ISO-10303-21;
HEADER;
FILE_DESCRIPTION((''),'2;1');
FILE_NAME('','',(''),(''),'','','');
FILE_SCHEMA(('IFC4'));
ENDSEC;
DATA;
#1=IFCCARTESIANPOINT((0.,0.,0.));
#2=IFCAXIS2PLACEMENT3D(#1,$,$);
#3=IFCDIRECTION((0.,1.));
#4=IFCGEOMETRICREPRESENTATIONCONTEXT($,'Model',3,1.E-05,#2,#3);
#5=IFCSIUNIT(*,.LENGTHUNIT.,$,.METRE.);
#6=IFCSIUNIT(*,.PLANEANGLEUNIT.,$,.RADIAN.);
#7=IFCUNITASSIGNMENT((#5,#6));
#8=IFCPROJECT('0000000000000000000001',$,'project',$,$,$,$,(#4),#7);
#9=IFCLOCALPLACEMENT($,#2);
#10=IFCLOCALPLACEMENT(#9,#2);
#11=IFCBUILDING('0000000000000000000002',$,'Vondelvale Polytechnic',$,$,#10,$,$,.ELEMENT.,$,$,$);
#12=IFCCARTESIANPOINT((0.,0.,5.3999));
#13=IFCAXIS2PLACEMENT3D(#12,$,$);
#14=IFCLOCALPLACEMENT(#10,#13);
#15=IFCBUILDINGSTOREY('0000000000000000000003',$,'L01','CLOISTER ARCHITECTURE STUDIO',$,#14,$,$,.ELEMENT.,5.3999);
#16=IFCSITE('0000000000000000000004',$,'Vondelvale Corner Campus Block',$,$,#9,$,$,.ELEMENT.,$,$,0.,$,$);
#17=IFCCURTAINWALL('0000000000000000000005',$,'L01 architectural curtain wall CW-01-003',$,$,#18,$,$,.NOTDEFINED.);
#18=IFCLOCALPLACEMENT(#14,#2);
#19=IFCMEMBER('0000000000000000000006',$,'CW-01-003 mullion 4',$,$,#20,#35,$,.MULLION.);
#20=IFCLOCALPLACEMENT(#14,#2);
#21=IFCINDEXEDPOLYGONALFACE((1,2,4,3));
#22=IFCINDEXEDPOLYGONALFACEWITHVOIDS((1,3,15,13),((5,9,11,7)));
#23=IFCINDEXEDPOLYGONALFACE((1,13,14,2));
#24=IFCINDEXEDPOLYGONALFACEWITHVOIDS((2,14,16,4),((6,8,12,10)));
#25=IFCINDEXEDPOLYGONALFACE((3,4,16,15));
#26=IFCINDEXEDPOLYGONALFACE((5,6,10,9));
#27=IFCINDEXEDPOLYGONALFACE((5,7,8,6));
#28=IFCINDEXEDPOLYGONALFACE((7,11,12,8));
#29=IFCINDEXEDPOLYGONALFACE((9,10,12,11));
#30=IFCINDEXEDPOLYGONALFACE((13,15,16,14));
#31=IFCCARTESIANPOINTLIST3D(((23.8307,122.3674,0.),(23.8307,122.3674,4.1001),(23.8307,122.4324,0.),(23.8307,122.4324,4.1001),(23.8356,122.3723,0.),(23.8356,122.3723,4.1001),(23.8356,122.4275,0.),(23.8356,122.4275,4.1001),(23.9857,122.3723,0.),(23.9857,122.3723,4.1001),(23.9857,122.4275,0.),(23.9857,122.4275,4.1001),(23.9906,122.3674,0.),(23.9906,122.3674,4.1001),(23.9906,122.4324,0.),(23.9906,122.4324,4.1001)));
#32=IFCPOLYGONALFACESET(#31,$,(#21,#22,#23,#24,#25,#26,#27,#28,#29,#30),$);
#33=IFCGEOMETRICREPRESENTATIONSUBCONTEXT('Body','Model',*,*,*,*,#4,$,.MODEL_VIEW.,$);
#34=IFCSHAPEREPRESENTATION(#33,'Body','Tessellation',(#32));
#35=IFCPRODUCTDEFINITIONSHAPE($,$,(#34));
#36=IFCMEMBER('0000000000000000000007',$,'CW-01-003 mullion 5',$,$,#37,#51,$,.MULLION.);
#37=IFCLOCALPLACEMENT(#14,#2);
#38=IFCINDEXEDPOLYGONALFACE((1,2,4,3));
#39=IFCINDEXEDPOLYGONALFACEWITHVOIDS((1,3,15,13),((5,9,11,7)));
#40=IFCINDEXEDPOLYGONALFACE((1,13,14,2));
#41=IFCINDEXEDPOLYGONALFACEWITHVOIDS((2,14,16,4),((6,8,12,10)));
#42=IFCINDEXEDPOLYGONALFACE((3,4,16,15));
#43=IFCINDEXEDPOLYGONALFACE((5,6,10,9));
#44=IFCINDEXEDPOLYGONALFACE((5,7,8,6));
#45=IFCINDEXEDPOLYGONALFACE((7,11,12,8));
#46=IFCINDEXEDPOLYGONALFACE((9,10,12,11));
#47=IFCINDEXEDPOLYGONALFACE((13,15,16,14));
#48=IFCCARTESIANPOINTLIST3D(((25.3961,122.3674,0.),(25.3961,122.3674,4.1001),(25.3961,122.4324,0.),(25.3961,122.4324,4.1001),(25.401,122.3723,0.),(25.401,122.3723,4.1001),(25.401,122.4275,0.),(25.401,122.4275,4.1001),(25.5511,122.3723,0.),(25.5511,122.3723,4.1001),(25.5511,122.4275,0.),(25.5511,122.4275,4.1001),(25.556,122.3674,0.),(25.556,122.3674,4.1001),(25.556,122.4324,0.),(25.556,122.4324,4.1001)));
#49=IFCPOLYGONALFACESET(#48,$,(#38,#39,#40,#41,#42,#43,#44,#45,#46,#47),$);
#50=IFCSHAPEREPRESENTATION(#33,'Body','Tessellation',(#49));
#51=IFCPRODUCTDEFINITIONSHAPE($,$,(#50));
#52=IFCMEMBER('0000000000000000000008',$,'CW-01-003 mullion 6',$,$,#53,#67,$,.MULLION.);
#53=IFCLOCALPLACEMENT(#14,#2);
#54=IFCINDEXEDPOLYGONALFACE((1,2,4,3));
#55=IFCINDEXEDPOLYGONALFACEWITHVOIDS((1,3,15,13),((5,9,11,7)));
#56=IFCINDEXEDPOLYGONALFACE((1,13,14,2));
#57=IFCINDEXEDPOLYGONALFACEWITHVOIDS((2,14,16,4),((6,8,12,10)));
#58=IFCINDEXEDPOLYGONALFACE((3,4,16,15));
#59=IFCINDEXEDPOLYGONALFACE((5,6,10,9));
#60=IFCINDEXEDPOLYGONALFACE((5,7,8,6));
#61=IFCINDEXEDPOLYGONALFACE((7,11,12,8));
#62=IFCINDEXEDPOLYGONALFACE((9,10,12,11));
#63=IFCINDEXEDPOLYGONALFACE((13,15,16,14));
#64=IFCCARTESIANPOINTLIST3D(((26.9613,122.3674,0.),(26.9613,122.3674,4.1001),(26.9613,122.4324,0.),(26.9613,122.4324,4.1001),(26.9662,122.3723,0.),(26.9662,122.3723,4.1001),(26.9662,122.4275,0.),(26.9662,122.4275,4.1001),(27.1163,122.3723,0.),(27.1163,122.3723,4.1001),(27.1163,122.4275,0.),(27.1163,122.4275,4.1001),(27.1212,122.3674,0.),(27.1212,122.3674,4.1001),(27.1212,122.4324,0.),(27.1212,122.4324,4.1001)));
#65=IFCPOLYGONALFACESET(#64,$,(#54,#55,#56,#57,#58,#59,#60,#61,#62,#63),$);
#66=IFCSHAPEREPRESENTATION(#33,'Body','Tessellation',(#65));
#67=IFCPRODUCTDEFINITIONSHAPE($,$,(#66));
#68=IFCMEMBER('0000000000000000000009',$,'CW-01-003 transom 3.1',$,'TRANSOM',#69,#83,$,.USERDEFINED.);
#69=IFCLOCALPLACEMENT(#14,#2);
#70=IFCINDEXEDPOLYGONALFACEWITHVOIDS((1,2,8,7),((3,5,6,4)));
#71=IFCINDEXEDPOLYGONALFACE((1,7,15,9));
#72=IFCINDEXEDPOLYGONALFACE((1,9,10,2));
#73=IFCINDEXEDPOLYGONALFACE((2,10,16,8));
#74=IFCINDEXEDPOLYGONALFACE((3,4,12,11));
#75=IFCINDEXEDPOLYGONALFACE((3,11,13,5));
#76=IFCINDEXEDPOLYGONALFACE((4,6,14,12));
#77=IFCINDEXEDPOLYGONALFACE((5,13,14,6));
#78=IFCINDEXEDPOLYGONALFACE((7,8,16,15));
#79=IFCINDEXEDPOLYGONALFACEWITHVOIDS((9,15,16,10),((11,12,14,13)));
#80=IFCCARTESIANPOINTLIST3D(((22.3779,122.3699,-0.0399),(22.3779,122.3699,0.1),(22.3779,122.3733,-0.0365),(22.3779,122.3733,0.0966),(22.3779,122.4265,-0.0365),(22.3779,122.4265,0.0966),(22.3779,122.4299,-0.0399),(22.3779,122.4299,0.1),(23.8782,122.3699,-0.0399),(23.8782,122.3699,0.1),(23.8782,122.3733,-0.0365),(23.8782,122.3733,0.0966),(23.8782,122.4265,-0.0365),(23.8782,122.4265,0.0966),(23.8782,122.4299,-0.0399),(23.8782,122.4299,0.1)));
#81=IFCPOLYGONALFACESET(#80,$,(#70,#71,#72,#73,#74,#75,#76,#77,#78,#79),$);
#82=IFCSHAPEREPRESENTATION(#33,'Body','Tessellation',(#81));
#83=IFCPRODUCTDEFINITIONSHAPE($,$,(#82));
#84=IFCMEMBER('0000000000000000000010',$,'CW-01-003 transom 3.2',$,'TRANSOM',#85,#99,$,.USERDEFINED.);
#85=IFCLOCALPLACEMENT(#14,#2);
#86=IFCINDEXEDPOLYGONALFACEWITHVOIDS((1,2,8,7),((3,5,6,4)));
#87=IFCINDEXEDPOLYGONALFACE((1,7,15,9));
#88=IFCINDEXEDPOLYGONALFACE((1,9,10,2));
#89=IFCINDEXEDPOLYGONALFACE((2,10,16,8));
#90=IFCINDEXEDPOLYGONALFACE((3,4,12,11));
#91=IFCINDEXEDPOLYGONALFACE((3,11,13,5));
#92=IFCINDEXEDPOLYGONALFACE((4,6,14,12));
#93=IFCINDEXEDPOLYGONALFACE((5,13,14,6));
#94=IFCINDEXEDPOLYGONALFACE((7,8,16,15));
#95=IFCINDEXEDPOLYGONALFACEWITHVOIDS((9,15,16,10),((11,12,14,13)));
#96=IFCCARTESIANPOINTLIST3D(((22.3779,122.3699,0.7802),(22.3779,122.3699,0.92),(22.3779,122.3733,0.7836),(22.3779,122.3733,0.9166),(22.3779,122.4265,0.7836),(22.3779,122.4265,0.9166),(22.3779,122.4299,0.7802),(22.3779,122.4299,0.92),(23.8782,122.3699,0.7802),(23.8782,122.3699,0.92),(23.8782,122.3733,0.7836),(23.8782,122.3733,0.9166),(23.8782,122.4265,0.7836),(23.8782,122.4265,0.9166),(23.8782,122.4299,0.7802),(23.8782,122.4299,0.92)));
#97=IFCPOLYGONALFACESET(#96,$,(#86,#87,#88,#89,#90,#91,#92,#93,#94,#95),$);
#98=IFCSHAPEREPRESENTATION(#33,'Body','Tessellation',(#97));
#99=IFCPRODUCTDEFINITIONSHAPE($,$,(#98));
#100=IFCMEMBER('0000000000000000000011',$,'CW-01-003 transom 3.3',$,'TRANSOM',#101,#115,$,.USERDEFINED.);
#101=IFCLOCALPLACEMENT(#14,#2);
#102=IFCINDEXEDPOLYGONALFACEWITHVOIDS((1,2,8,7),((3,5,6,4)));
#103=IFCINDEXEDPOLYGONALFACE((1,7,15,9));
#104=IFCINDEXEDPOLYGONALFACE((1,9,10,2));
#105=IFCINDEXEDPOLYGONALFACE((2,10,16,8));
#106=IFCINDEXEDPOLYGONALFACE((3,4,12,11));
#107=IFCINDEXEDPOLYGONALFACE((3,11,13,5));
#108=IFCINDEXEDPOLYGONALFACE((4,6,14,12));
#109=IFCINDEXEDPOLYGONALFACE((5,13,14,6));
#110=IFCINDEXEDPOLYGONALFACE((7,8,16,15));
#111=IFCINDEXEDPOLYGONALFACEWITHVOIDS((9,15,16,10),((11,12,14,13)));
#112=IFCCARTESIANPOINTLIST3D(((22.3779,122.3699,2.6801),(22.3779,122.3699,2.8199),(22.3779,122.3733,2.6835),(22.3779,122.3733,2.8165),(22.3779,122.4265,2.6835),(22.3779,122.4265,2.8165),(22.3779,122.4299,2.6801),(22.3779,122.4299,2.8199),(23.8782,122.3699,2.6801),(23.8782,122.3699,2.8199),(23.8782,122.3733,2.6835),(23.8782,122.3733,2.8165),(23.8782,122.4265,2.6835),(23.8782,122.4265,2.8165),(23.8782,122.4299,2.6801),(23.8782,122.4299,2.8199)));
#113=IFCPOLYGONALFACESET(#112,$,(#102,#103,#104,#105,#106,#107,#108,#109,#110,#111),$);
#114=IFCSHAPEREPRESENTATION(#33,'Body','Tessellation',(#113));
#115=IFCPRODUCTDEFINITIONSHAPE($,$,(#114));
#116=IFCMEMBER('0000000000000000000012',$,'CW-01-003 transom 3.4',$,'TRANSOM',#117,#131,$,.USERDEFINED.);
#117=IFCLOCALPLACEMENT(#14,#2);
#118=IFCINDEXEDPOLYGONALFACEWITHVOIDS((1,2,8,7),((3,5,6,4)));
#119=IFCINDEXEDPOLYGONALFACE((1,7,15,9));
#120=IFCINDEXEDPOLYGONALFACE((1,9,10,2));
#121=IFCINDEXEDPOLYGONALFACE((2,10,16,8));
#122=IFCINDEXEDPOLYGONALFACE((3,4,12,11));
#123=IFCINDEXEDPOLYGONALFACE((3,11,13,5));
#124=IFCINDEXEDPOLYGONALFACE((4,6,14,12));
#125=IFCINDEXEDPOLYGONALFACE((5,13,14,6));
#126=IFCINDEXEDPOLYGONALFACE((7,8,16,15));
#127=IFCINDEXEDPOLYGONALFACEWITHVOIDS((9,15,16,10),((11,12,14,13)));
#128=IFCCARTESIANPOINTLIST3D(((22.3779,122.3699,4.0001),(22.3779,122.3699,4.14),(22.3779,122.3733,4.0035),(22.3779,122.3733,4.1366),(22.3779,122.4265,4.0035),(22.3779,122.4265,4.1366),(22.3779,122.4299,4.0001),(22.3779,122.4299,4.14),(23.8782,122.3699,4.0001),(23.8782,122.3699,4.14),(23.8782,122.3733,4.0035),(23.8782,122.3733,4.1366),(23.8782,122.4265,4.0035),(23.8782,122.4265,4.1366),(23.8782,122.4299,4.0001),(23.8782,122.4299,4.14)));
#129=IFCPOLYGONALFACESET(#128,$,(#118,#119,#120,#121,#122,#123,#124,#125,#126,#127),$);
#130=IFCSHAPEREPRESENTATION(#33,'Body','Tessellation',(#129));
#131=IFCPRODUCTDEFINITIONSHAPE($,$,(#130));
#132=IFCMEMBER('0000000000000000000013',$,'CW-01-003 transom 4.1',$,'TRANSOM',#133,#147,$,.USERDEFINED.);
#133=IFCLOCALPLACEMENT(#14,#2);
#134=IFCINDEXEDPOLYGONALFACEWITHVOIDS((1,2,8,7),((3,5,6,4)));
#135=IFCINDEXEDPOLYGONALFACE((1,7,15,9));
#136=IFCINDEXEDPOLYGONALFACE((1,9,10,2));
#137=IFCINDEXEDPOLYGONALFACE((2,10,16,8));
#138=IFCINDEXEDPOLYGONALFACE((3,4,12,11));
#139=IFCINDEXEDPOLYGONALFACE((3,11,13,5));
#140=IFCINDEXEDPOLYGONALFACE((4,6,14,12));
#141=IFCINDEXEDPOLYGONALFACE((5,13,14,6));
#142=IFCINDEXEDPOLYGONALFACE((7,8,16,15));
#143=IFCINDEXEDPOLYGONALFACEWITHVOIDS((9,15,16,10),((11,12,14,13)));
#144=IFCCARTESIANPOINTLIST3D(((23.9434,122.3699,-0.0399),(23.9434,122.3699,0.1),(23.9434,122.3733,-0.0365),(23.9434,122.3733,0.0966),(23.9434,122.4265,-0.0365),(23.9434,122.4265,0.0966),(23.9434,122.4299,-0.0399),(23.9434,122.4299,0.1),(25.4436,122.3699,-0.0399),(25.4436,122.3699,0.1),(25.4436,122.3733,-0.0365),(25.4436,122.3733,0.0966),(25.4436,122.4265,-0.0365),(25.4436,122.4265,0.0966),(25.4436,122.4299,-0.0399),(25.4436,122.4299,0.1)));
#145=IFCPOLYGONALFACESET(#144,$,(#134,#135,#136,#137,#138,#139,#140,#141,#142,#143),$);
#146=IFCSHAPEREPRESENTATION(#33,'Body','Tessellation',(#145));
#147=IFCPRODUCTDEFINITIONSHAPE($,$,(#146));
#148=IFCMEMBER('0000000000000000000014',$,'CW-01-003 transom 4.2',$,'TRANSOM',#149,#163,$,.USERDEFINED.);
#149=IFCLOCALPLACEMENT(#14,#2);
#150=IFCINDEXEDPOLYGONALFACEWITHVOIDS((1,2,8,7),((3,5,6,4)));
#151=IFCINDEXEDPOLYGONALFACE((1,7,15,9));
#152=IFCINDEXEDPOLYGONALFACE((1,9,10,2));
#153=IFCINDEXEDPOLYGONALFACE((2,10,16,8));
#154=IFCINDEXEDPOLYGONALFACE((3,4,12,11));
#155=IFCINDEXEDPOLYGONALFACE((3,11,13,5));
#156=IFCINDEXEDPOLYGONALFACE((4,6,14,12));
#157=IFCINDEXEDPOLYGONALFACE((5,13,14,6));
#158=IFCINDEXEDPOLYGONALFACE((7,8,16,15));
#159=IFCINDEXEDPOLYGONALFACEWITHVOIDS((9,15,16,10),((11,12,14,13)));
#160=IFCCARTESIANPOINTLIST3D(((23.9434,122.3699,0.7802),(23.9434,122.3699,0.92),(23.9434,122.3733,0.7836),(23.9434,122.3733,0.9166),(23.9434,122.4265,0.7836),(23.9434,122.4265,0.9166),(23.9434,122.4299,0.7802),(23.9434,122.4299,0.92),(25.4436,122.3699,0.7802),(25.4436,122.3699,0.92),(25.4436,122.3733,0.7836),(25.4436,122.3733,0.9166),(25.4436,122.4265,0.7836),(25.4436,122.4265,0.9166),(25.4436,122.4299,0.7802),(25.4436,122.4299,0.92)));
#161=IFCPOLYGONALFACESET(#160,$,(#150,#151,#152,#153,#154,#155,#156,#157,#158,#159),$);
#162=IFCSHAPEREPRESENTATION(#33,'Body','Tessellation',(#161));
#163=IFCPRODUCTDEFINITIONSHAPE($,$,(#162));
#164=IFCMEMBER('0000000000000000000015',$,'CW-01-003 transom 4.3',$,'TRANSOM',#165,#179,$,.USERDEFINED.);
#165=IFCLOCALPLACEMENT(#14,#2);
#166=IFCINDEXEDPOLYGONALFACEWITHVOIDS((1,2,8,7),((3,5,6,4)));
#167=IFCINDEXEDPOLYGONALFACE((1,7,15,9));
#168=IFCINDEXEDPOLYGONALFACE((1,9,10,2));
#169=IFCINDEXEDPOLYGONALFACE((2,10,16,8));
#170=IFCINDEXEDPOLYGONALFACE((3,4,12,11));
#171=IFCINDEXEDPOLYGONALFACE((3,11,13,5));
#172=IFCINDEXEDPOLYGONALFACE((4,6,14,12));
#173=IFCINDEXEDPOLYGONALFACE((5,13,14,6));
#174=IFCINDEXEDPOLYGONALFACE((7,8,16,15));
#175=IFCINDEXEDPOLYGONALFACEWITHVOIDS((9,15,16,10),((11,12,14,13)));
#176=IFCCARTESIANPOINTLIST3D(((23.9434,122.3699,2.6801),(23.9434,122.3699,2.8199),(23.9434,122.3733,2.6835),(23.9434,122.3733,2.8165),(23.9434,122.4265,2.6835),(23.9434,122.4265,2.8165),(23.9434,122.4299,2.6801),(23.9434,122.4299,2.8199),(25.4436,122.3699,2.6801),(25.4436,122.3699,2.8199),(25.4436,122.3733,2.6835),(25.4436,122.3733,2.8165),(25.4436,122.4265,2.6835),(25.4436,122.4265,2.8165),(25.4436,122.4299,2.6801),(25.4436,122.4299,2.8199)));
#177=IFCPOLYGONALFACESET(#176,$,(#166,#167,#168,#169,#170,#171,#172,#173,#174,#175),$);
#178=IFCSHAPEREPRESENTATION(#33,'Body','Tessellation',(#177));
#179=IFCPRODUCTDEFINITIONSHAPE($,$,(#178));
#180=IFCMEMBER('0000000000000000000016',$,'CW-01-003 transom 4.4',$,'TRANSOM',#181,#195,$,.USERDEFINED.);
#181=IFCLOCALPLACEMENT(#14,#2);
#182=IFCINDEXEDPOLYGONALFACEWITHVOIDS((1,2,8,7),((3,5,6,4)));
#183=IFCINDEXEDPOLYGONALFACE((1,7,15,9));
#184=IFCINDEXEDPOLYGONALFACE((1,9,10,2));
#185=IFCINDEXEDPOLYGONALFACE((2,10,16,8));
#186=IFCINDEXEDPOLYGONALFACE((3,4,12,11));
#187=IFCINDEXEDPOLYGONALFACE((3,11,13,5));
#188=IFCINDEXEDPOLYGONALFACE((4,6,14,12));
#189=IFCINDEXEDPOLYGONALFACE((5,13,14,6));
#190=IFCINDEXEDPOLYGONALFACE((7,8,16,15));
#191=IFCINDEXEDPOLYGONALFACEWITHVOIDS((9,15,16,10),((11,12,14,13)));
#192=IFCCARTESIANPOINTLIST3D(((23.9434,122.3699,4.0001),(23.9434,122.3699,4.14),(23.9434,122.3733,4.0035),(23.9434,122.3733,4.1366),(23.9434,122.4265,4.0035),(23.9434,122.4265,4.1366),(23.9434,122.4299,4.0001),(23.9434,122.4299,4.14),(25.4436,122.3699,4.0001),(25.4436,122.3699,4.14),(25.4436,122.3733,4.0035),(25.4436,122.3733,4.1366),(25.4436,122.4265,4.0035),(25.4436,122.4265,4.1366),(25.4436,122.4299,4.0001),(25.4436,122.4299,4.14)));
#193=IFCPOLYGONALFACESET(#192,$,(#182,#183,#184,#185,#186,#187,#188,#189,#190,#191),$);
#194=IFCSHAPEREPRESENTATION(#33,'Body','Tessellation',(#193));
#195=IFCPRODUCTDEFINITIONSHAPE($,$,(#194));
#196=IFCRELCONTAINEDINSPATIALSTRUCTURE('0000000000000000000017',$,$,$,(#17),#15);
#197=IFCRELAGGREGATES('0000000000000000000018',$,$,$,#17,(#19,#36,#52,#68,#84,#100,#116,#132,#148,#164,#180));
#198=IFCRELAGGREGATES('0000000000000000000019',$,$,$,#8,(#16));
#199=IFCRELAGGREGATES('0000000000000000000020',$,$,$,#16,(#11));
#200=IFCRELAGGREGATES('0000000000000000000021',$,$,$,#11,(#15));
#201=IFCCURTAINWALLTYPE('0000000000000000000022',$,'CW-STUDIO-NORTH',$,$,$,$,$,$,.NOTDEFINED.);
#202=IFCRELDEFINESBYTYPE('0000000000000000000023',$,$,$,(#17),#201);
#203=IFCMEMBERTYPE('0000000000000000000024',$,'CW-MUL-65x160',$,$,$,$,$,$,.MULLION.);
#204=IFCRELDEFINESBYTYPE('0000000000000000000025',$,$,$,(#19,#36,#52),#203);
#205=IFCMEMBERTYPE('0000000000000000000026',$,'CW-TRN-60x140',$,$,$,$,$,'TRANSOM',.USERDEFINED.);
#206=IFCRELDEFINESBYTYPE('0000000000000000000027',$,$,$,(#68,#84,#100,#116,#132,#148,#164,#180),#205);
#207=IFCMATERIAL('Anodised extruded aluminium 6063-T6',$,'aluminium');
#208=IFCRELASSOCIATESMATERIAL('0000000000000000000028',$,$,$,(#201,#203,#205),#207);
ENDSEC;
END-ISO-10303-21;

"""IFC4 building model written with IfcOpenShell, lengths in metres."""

from ifc_helpers import new_model, si_unit, direction, frame, origin, origin_2d, place, context, subcontext, project, spatial, hollow_rectangle, extrude, material, material_profile, profile_set, type_object, element, aggregate, save


model = new_model("IFC4")

# Units and contexts
model_context = context("Model", 3, precision=1e-05, world=origin(), true_north=direction((0.0, 1.0)))
body_context = subcontext(model_context, "Body", "Model", "MODEL_VIEW")
ifc_project = project(units=[si_unit("LENGTHUNIT", "METRE"), si_unit("PLANEANGLEUNIT", "RADIAN")], contexts=[model_context])

# Site, building, storey
site_placement = place(None, origin())
site = spatial("IfcSite", under=ifc_project, at=site_placement, Name="Vondelvale Corner Campus Block", CompositionType="ELEMENT", RefElevation=0.0)
building_placement = place(site_placement, origin())
building = spatial("IfcBuilding", under=site, at=building_placement, Name="Vondelvale Polytechnic", CompositionType="ELEMENT")
storey_placement = place(building_placement, frame((0.0, 0.0, 5.3999)))
storey = spatial("IfcBuildingStorey", under=building, at=storey_placement, Name="L01", Description="CLOISTER ARCHITECTURE STUDIO", CompositionType="ELEMENT", Elevation=5.3999)

# Curtain wall, members
ifc_material_1 = material(Name="Anodised extruded aluminium 6063-T6", Category="aluminium")
curtain_wall_type = type_object("IfcCurtainWallType", Name="CW-STUDIO-NORTH", PredefinedType="NOTDEFINED", material=ifc_material_1)
curtain_wall_placement = place(storey_placement, origin())
curtain_wall = element("IfcCurtainWall", 1, at=curtain_wall_placement, inside=storey, type_object=curtain_wall_type, Name="L01 architectural curtain wall CW-01-003", PredefinedType="NOTDEFINED")
ifc_material_profile_1 = material_profile(ifc_material_1, hollow_rectangle(XDim=0.0649, YDim=0.1599, WallThickness=0.0049, at=origin_2d()), Name="CW-MUL-160x65")
ifc_profile_set_1 = profile_set([ifc_material_profile_1], Name="Anodised extruded aluminium 6063-T6")
member_type_1 = type_object("IfcMemberType", Name="CW-MUL-65x160", PredefinedType="MULLION", material=ifc_profile_set_1)
member_1_placement = place(storey_placement, frame((23.9106, 122.3999, 0.0), z_axis=(0.0, 0.0, 1.0), x_axis=(0.0, 1.0, 0.0)))
member_1 = element("IfcMember", 2, at=member_1_placement, type_object=member_type_1, Name="CW-01-003 mullion 4", PredefinedType="MULLION", context=body_context, shape_type="SweptSolid", body=[
    extrude(hollow_rectangle(XDim=0.0649, YDim=0.1599, WallThickness=0.0049, at=origin_2d()), origin(), (0.0, 0.0, 1.0), 4.1001),
])
member_2_placement = place(storey_placement, frame((25.4761, 122.3999, 0.0), z_axis=(0.0, 0.0, 1.0), x_axis=(0.0, 1.0, 0.0)))
member_2 = element("IfcMember", 3, at=member_2_placement, type_object=member_type_1, Name="CW-01-003 mullion 5", PredefinedType="MULLION", context=body_context, shape_type="SweptSolid", body=[
    extrude(hollow_rectangle(XDim=0.0649, YDim=0.1599, WallThickness=0.0049, at=origin_2d()), origin(), (0.0, 0.0, 1.0), 4.1001),
])
member_3_placement = place(storey_placement, frame((27.0413, 122.3999, 0.0), z_axis=(0.0, 0.0, 1.0), x_axis=(0.0, 1.0, 0.0)))
member_3 = element("IfcMember", 4, at=member_3_placement, type_object=member_type_1, Name="CW-01-003 mullion 6", PredefinedType="MULLION", context=body_context, shape_type="SweptSolid", body=[
    extrude(hollow_rectangle(XDim=0.0649, YDim=0.1599, WallThickness=0.0049, at=origin_2d()), origin(), (0.0, 0.0, 1.0), 4.1001),
])
ifc_material_profile_2 = material_profile(ifc_material_1, hollow_rectangle(XDim=0.0601, YDim=0.1399, WallThickness=0.0034, at=origin_2d()), Name="CW-TRN-140x60")
ifc_profile_set_2 = profile_set([ifc_material_profile_2], Name="Anodised extruded aluminium 6063-T6")
member_type_2 = type_object("IfcMemberType", Name="CW-TRN-60x140", ElementType="TRANSOM", PredefinedType="USERDEFINED", material=ifc_profile_set_2)
member_4_placement = place(storey_placement, frame((22.3779, 122.3999, 0.03), z_axis=(1.0, 0.0, 0.0), x_axis=(0.0, 1.0, 0.0)))
member_4 = element("IfcMember", 5, at=member_4_placement, type_object=member_type_2, Name="CW-01-003 transom 3.1", ObjectType="TRANSOM", PredefinedType="USERDEFINED", context=body_context, shape_type="SweptSolid", body=[
    extrude(hollow_rectangle(XDim=0.0601, YDim=0.1399, WallThickness=0.0034, at=origin_2d()), origin(), (0.0, 0.0, 1.0), 1.5002),
])
member_5_placement = place(storey_placement, frame((22.3779, 122.3999, 0.8501), z_axis=(1.0, 0.0, 0.0), x_axis=(0.0, 1.0, 0.0)))
member_5 = element("IfcMember", 6, at=member_5_placement, type_object=member_type_2, Name="CW-01-003 transom 3.2", ObjectType="TRANSOM", PredefinedType="USERDEFINED", context=body_context, shape_type="SweptSolid", body=[
    extrude(hollow_rectangle(XDim=0.0601, YDim=0.1399, WallThickness=0.0034, at=origin_2d()), origin(), (0.0, 0.0, 1.0), 1.5002),
])
member_6_placement = place(storey_placement, frame((22.3779, 122.3999, 2.75), z_axis=(1.0, 0.0, 0.0), x_axis=(0.0, 1.0, 0.0)))
member_6 = element("IfcMember", 7, at=member_6_placement, type_object=member_type_2, Name="CW-01-003 transom 3.3", ObjectType="TRANSOM", PredefinedType="USERDEFINED", context=body_context, shape_type="SweptSolid", body=[
    extrude(hollow_rectangle(XDim=0.0601, YDim=0.1399, WallThickness=0.0034, at=origin_2d()), origin(), (0.0, 0.0, 1.0), 1.5002),
])
member_7_placement = place(storey_placement, frame((22.3779, 122.3999, 4.0701), z_axis=(1.0, 0.0, 0.0), x_axis=(0.0, 1.0, 0.0)))
member_7 = element("IfcMember", 8, at=member_7_placement, type_object=member_type_2, Name="CW-01-003 transom 3.4", ObjectType="TRANSOM", PredefinedType="USERDEFINED", context=body_context, shape_type="SweptSolid", body=[
    extrude(hollow_rectangle(XDim=0.0601, YDim=0.1399, WallThickness=0.0034, at=origin_2d()), origin(), (0.0, 0.0, 1.0), 1.5002),
])
member_8_placement = place(storey_placement, frame((23.9434, 122.3999, 0.03), z_axis=(1.0, 0.0, 0.0), x_axis=(0.0, 1.0, 0.0)))
member_8 = element("IfcMember", 9, at=member_8_placement, type_object=member_type_2, Name="CW-01-003 transom 4.1", ObjectType="TRANSOM", PredefinedType="USERDEFINED", context=body_context, shape_type="SweptSolid", body=[
    extrude(hollow_rectangle(XDim=0.0601, YDim=0.1399, WallThickness=0.0034, at=origin_2d()), origin(), (0.0, 0.0, 1.0), 1.5002),
])
member_9_placement = place(storey_placement, frame((23.9434, 122.3999, 0.8501), z_axis=(1.0, 0.0, 0.0), x_axis=(0.0, 1.0, 0.0)))
member_9 = element("IfcMember", 10, at=member_9_placement, type_object=member_type_2, Name="CW-01-003 transom 4.2", ObjectType="TRANSOM", PredefinedType="USERDEFINED", context=body_context, shape_type="SweptSolid", body=[
    extrude(hollow_rectangle(XDim=0.0601, YDim=0.1399, WallThickness=0.0034, at=origin_2d()), origin(), (0.0, 0.0, 1.0), 1.5002),
])
member_10_placement = place(storey_placement, frame((23.9434, 122.3999, 2.75), z_axis=(1.0, 0.0, 0.0), x_axis=(0.0, 1.0, 0.0)))
member_10 = element("IfcMember", 11, at=member_10_placement, type_object=member_type_2, Name="CW-01-003 transom 4.3", ObjectType="TRANSOM", PredefinedType="USERDEFINED", context=body_context, shape_type="SweptSolid", body=[
    extrude(hollow_rectangle(XDim=0.0601, YDim=0.1399, WallThickness=0.0034, at=origin_2d()), origin(), (0.0, 0.0, 1.0), 1.5002),
])
member_11_placement = place(storey_placement, frame((23.9434, 122.3999, 4.0701), z_axis=(1.0, 0.0, 0.0), x_axis=(0.0, 1.0, 0.0)))
member_11 = element("IfcMember", 12, at=member_11_placement, type_object=member_type_2, Name="CW-01-003 transom 4.4", ObjectType="TRANSOM", PredefinedType="USERDEFINED", context=body_context, shape_type="SweptSolid", body=[
    extrude(hollow_rectangle(XDim=0.0601, YDim=0.1399, WallThickness=0.0034, at=origin_2d()), origin(), (0.0, 0.0, 1.0), 1.5002),
])
aggregate(curtain_wall, [member_1, member_2, member_3, member_4, member_5, member_6, member_7, member_8, member_9, member_10, member_11])

save(model, "model.ifc")
